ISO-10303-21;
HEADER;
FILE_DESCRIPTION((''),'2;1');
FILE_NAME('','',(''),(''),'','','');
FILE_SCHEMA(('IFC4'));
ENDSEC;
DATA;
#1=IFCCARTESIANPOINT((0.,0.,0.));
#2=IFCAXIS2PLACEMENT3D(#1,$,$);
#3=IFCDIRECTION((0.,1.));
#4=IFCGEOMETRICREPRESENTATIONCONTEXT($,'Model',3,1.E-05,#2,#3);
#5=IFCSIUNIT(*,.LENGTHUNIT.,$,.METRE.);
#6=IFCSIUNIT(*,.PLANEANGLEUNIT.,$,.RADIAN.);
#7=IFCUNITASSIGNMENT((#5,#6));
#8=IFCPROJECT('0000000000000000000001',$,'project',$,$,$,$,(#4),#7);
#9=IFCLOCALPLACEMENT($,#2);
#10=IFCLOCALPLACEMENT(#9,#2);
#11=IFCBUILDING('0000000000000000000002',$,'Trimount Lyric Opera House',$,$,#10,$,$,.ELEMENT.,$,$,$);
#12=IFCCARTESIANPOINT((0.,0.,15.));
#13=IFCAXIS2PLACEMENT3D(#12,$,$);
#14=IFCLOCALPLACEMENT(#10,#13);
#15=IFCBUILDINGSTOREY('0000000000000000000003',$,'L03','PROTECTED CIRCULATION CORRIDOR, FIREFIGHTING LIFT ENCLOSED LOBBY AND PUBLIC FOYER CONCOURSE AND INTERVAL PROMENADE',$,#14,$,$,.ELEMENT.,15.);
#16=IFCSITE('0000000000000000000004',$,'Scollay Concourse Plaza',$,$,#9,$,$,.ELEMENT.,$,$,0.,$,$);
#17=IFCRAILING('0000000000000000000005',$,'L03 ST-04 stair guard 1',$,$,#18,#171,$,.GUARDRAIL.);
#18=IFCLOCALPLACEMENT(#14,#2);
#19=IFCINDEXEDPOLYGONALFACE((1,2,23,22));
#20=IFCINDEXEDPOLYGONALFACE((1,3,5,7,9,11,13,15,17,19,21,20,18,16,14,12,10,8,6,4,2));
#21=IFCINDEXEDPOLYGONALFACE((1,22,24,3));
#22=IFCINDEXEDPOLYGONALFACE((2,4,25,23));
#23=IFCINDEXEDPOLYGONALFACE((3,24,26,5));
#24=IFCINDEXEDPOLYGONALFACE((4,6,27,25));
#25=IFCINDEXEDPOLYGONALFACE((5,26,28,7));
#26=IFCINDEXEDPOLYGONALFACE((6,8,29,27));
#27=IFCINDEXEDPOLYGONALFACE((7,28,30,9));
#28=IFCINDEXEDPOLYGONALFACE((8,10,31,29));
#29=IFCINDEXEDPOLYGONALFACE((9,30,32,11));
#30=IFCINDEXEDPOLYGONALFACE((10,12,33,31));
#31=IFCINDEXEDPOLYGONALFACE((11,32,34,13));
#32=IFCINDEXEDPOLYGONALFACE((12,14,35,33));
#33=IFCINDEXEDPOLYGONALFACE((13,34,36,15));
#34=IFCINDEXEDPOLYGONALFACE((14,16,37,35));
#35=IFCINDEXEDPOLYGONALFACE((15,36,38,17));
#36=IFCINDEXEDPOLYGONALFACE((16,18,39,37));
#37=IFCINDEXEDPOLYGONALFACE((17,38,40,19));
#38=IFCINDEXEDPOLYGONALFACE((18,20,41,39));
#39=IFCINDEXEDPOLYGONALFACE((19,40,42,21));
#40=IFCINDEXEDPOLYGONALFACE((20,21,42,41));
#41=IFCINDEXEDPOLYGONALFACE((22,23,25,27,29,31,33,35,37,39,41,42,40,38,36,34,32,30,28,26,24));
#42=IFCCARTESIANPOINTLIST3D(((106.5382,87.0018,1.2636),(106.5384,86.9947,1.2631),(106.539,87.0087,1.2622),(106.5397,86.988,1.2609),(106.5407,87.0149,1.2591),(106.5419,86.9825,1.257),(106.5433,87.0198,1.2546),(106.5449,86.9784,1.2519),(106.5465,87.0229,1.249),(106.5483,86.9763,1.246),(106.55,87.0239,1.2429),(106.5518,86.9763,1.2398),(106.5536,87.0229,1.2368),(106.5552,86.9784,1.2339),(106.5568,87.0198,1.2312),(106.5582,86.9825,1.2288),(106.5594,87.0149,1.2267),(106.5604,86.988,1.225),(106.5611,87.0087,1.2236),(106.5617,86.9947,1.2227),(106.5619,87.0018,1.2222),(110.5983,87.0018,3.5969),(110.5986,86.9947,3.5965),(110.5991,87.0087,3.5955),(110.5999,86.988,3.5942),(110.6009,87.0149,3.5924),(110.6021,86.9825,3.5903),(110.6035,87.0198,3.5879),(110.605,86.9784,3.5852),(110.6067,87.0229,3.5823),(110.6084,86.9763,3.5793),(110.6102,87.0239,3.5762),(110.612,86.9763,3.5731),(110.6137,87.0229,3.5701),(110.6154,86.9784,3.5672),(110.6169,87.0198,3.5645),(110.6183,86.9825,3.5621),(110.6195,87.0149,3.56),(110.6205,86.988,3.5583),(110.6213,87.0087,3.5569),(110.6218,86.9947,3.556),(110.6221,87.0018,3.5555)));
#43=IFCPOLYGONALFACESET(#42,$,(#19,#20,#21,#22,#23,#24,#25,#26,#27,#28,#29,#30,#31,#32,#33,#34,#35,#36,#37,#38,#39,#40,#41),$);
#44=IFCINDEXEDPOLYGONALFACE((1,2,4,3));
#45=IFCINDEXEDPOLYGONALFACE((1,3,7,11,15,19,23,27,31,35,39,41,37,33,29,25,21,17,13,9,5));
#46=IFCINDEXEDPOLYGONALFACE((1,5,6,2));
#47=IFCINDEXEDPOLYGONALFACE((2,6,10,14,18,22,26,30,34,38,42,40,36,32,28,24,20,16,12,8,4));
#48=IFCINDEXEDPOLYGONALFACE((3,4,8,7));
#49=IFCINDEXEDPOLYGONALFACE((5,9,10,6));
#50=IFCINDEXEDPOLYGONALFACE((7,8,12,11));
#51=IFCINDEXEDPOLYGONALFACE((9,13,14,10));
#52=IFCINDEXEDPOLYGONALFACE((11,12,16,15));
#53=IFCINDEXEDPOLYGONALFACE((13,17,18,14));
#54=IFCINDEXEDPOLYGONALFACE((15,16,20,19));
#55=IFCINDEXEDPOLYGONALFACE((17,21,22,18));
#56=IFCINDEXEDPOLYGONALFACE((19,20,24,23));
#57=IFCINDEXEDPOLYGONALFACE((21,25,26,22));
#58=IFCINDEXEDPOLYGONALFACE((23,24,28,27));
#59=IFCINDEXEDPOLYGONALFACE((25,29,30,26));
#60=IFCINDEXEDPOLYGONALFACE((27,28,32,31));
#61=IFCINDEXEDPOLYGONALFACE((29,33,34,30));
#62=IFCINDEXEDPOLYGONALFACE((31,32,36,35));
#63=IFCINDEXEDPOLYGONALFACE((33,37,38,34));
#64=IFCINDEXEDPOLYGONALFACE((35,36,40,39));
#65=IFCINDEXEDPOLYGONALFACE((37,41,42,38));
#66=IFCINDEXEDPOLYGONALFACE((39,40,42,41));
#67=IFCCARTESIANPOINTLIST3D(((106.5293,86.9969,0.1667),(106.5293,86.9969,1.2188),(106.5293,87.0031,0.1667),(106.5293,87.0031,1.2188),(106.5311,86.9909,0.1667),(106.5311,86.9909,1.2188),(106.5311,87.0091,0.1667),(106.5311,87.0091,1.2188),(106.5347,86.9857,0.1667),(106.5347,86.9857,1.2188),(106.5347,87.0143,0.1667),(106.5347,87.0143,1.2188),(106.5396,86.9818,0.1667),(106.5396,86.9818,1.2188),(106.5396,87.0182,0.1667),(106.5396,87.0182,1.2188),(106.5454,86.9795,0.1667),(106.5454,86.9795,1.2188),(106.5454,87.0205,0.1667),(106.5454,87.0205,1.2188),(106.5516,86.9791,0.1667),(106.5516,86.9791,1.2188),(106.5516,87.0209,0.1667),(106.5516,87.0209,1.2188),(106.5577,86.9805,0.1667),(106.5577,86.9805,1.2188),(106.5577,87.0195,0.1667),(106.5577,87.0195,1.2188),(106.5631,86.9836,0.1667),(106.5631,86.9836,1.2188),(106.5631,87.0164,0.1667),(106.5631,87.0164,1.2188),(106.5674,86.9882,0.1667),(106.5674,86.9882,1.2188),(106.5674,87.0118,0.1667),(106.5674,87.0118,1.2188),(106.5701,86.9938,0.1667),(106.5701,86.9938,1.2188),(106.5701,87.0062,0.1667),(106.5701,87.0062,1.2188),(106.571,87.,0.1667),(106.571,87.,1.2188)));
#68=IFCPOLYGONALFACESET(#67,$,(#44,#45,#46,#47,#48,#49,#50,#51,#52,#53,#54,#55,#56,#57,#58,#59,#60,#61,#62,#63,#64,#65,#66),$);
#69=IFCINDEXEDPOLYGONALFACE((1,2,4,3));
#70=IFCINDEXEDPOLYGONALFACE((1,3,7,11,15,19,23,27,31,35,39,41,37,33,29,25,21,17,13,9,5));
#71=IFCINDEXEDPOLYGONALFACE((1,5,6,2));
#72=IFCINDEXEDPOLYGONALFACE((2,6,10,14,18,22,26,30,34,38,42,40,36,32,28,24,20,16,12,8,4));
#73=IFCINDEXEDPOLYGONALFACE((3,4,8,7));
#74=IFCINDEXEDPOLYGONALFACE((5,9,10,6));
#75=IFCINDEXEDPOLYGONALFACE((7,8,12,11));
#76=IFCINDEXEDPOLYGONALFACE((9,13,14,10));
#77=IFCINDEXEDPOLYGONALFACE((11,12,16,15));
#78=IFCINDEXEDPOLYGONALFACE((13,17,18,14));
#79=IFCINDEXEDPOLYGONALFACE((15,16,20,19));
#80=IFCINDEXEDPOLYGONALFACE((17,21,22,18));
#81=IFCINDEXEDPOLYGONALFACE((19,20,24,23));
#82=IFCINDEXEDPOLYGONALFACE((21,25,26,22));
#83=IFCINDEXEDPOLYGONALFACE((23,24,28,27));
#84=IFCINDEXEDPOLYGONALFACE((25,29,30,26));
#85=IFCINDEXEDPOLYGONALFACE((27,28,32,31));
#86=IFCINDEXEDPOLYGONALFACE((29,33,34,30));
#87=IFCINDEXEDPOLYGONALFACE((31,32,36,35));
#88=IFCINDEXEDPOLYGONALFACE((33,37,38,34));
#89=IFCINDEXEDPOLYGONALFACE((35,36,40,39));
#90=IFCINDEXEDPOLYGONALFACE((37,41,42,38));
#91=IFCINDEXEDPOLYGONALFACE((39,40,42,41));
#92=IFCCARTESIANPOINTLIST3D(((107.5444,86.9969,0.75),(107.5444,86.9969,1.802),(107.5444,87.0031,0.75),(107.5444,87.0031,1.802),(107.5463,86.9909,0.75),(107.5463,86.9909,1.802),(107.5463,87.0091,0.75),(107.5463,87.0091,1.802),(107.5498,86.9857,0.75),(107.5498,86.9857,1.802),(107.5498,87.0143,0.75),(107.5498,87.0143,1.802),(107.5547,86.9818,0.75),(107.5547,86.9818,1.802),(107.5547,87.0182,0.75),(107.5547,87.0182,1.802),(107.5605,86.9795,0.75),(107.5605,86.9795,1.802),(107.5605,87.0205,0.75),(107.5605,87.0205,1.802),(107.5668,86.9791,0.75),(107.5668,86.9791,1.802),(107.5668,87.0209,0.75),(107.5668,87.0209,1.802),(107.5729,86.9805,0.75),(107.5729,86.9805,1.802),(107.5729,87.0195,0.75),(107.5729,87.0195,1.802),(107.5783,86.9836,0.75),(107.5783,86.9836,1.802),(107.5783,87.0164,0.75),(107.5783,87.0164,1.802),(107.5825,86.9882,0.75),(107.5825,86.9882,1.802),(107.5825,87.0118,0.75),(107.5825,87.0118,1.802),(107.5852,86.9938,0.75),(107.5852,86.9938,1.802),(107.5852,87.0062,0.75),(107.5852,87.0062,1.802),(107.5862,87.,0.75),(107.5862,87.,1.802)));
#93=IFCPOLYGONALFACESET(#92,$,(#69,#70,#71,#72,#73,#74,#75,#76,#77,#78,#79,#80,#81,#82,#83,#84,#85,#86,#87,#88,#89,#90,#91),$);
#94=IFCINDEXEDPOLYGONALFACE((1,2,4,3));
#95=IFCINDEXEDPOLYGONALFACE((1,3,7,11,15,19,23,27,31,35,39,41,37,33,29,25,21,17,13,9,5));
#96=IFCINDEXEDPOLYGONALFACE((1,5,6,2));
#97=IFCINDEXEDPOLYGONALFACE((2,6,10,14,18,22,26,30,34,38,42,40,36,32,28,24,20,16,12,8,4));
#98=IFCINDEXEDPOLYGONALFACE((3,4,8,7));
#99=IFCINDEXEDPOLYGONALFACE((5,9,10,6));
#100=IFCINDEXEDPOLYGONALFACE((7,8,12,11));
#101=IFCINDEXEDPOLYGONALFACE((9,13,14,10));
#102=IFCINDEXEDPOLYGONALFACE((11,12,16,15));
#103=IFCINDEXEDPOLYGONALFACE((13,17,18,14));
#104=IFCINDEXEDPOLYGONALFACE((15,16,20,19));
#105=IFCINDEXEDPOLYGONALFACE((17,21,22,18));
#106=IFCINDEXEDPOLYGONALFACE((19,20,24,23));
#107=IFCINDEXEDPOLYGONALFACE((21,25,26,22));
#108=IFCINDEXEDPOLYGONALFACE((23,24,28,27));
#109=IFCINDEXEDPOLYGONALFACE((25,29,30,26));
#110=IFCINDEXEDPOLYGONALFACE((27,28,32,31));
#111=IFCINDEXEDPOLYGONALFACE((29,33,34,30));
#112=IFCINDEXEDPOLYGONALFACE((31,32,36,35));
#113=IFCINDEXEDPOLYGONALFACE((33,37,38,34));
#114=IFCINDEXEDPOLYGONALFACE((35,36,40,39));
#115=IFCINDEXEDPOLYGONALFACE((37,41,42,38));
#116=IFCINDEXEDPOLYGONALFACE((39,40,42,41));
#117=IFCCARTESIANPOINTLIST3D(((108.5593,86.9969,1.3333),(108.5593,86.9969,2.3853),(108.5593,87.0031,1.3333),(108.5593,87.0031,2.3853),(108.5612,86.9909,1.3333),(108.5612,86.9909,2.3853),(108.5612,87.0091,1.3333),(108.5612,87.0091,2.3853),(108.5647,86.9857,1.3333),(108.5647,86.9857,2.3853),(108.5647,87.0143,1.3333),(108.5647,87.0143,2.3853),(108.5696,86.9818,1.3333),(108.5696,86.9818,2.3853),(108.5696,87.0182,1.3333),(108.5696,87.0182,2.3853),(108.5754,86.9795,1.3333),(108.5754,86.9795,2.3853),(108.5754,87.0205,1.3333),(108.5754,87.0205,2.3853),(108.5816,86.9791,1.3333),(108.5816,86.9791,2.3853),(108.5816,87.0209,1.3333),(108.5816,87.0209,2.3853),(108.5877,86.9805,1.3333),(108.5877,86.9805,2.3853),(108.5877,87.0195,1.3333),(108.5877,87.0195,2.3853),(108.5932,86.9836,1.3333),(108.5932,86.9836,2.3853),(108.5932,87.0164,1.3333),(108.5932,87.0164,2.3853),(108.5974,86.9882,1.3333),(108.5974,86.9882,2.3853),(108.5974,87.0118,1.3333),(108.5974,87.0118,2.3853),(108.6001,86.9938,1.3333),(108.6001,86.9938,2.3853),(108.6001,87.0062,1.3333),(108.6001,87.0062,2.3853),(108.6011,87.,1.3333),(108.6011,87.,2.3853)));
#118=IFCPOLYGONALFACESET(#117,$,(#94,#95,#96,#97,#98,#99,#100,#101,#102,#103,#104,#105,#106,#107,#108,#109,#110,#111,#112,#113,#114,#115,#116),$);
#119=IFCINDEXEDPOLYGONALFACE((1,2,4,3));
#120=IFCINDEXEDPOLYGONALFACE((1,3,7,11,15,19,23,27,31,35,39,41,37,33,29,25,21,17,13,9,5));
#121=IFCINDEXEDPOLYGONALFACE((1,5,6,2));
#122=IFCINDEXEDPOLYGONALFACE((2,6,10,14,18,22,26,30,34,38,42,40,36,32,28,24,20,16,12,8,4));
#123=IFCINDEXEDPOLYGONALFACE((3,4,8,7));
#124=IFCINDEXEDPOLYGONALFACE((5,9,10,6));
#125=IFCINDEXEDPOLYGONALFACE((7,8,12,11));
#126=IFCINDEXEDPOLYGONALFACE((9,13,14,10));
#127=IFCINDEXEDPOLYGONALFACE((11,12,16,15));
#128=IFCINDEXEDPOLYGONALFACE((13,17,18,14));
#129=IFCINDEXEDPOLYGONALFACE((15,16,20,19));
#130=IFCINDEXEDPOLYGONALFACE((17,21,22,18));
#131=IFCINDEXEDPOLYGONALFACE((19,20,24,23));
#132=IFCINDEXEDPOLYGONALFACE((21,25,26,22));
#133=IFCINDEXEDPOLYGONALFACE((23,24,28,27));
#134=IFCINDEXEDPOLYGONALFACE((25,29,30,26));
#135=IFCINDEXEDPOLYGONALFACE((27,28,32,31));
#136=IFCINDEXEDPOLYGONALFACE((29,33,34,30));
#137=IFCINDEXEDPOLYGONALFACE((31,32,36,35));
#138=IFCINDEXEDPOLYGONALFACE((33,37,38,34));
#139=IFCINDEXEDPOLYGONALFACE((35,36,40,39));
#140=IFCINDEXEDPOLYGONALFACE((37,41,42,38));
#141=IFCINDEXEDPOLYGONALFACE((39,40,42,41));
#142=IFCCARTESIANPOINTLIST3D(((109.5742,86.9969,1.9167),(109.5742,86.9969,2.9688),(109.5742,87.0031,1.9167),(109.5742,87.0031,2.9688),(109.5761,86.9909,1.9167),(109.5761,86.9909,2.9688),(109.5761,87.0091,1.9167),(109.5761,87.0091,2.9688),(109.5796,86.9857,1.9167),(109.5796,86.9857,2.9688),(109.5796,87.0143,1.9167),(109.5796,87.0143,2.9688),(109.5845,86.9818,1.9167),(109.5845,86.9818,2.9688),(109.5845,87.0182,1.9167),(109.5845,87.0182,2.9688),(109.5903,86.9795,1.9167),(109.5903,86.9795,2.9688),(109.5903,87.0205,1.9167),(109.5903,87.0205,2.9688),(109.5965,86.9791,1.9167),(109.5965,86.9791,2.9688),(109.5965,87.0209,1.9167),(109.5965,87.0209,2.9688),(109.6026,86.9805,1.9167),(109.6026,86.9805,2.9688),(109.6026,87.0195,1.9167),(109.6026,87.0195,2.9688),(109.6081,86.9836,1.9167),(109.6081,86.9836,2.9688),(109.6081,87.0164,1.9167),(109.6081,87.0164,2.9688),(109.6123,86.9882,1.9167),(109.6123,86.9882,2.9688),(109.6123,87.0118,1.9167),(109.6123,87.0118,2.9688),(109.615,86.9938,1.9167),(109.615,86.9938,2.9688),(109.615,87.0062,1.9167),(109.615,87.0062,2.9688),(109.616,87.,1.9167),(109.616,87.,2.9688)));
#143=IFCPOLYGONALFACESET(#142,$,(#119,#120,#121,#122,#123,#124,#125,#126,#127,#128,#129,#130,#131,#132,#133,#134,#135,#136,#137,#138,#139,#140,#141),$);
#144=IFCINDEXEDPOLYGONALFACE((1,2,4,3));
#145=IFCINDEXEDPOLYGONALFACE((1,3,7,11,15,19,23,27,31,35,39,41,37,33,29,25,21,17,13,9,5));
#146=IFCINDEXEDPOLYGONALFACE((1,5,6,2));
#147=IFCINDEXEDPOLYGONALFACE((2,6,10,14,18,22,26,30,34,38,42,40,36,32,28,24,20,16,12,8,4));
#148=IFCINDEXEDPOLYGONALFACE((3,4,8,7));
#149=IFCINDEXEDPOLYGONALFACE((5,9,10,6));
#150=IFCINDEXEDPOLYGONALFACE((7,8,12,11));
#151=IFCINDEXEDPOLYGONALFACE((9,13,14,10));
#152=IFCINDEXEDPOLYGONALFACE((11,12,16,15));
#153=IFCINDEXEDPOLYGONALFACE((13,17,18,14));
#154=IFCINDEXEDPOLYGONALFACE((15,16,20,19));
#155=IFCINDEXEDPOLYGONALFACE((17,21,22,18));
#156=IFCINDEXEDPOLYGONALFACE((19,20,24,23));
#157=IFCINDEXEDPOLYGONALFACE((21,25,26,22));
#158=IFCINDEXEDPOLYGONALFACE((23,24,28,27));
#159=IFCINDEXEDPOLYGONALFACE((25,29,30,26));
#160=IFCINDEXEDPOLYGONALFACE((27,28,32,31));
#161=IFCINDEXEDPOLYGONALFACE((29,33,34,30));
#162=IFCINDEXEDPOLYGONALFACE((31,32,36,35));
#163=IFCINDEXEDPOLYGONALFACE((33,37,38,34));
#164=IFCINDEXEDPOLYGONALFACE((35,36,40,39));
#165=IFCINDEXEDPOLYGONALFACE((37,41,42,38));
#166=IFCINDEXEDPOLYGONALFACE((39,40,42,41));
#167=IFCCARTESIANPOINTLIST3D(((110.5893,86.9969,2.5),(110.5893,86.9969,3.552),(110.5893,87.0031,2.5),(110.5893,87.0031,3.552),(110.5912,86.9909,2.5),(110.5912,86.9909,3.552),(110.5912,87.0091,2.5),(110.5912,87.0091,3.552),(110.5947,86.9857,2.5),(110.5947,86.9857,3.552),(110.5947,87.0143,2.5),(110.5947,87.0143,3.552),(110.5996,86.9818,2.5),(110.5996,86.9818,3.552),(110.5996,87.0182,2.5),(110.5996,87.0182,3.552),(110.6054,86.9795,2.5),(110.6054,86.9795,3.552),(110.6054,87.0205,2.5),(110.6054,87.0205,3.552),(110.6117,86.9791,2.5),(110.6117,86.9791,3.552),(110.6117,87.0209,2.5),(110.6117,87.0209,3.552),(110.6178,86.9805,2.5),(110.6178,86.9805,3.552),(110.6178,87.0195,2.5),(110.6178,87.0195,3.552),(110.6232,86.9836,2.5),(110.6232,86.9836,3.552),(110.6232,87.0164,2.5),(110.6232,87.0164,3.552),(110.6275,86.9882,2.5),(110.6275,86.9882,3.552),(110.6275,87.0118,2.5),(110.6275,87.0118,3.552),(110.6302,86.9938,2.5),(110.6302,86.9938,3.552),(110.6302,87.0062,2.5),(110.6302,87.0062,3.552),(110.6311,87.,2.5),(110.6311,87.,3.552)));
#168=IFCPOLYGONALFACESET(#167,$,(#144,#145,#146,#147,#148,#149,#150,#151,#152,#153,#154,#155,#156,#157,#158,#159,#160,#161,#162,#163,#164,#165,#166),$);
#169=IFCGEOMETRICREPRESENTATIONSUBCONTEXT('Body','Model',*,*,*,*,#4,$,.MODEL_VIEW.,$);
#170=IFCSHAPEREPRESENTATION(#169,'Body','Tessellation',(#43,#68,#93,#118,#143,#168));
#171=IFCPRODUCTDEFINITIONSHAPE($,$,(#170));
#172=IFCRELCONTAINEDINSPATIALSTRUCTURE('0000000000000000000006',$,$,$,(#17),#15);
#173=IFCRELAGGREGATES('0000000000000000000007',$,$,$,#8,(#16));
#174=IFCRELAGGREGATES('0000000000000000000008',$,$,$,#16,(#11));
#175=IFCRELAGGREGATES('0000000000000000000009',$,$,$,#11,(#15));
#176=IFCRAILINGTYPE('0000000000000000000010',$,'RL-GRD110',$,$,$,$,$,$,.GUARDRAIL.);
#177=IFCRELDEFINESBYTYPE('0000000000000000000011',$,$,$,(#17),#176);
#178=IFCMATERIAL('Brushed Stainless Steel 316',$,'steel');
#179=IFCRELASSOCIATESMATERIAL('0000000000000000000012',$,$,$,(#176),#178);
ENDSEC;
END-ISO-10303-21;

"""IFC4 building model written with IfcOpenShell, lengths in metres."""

from ifc_helpers import new_model, si_unit, direction, frame, origin, origin_2d, place, context, subcontext, project, spatial, circle, extrude, material, type_object, element, save


model = new_model("IFC4")

# Units and contexts
model_context = context("Model", 3, precision=1e-05, world=origin(), true_north=direction((0.0, 1.0)))
body_context = subcontext(model_context, "Body", "Model", "MODEL_VIEW")
ifc_project = project(units=[si_unit("LENGTHUNIT", "METRE"), si_unit("PLANEANGLEUNIT", "RADIAN")], contexts=[model_context])

# Site, building, storey
site_placement = place(None, origin())
site = spatial("IfcSite", under=ifc_project, at=site_placement, Name="Scollay Concourse Plaza", CompositionType="ELEMENT", RefElevation=0.0)
building_placement = place(site_placement, origin())
building = spatial("IfcBuilding", under=site, at=building_placement, Name="Trimount Lyric Opera House", CompositionType="ELEMENT")
storey_placement = place(building_placement, frame((0.0, 0.0, 15.0)))
storey = spatial("IfcBuildingStorey", under=building, at=storey_placement, Name="L03", Description="PROTECTED CIRCULATION CORRIDOR, FIREFIGHTING LIFT ENCLOSED LOBBY AND PUBLIC FOYER CONCOURSE AND INTERVAL PROMENADE", CompositionType="ELEMENT", Elevation=15.0)

# Railing
ifc_material_1 = material(Name="Brushed Stainless Steel 316", Category="steel")
railing_type_1 = type_object("IfcRailingType", Name="RL-GRD110", PredefinedType="GUARDRAIL", material=ifc_material_1)
railing_1_placement = place(storey_placement, frame((106.55, 87.0, 0.1667)))
element("IfcRailing", 1, at=railing_1_placement, inside=storey, type_object=railing_type_1, Name="L03 ST-04 stair guard 1", PredefinedType="GUARDRAIL", context=body_context, shape_type="SweptSolid", body=[
    extrude(circle(Radius=0.0239, at=origin_2d()), frame((0.0, 0.0, 1.0762), z_axis=(0.867025, 0.0, 0.498265), x_axis=(0.0, 1.0, 0.0)), (0.0, 0.0, 1.0), 4.6829),
    extrude(circle(Radius=0.021, at=origin_2d()), origin(), (0.0, 0.0, 1.0), 1.052),
    extrude(circle(Radius=0.021, at=origin_2d()), frame((1.0151, 0.0, 0.5833)), (0.0, 0.0, 1.0), 1.052),
    extrude(circle(Radius=0.021, at=origin_2d()), frame((2.03, 0.0, 1.1665)), (0.0, 0.0, 1.0), 1.052),
    extrude(circle(Radius=0.021, at=origin_2d()), frame((3.0449, 0.0, 1.75)), (0.0, 0.0, 1.0), 1.052),
    extrude(circle(Radius=0.021, at=origin_2d()), frame((4.0601, 0.0, 2.3333)), (0.0, 0.0, 1.0), 1.052),
])

save(model, "model.ifc")
